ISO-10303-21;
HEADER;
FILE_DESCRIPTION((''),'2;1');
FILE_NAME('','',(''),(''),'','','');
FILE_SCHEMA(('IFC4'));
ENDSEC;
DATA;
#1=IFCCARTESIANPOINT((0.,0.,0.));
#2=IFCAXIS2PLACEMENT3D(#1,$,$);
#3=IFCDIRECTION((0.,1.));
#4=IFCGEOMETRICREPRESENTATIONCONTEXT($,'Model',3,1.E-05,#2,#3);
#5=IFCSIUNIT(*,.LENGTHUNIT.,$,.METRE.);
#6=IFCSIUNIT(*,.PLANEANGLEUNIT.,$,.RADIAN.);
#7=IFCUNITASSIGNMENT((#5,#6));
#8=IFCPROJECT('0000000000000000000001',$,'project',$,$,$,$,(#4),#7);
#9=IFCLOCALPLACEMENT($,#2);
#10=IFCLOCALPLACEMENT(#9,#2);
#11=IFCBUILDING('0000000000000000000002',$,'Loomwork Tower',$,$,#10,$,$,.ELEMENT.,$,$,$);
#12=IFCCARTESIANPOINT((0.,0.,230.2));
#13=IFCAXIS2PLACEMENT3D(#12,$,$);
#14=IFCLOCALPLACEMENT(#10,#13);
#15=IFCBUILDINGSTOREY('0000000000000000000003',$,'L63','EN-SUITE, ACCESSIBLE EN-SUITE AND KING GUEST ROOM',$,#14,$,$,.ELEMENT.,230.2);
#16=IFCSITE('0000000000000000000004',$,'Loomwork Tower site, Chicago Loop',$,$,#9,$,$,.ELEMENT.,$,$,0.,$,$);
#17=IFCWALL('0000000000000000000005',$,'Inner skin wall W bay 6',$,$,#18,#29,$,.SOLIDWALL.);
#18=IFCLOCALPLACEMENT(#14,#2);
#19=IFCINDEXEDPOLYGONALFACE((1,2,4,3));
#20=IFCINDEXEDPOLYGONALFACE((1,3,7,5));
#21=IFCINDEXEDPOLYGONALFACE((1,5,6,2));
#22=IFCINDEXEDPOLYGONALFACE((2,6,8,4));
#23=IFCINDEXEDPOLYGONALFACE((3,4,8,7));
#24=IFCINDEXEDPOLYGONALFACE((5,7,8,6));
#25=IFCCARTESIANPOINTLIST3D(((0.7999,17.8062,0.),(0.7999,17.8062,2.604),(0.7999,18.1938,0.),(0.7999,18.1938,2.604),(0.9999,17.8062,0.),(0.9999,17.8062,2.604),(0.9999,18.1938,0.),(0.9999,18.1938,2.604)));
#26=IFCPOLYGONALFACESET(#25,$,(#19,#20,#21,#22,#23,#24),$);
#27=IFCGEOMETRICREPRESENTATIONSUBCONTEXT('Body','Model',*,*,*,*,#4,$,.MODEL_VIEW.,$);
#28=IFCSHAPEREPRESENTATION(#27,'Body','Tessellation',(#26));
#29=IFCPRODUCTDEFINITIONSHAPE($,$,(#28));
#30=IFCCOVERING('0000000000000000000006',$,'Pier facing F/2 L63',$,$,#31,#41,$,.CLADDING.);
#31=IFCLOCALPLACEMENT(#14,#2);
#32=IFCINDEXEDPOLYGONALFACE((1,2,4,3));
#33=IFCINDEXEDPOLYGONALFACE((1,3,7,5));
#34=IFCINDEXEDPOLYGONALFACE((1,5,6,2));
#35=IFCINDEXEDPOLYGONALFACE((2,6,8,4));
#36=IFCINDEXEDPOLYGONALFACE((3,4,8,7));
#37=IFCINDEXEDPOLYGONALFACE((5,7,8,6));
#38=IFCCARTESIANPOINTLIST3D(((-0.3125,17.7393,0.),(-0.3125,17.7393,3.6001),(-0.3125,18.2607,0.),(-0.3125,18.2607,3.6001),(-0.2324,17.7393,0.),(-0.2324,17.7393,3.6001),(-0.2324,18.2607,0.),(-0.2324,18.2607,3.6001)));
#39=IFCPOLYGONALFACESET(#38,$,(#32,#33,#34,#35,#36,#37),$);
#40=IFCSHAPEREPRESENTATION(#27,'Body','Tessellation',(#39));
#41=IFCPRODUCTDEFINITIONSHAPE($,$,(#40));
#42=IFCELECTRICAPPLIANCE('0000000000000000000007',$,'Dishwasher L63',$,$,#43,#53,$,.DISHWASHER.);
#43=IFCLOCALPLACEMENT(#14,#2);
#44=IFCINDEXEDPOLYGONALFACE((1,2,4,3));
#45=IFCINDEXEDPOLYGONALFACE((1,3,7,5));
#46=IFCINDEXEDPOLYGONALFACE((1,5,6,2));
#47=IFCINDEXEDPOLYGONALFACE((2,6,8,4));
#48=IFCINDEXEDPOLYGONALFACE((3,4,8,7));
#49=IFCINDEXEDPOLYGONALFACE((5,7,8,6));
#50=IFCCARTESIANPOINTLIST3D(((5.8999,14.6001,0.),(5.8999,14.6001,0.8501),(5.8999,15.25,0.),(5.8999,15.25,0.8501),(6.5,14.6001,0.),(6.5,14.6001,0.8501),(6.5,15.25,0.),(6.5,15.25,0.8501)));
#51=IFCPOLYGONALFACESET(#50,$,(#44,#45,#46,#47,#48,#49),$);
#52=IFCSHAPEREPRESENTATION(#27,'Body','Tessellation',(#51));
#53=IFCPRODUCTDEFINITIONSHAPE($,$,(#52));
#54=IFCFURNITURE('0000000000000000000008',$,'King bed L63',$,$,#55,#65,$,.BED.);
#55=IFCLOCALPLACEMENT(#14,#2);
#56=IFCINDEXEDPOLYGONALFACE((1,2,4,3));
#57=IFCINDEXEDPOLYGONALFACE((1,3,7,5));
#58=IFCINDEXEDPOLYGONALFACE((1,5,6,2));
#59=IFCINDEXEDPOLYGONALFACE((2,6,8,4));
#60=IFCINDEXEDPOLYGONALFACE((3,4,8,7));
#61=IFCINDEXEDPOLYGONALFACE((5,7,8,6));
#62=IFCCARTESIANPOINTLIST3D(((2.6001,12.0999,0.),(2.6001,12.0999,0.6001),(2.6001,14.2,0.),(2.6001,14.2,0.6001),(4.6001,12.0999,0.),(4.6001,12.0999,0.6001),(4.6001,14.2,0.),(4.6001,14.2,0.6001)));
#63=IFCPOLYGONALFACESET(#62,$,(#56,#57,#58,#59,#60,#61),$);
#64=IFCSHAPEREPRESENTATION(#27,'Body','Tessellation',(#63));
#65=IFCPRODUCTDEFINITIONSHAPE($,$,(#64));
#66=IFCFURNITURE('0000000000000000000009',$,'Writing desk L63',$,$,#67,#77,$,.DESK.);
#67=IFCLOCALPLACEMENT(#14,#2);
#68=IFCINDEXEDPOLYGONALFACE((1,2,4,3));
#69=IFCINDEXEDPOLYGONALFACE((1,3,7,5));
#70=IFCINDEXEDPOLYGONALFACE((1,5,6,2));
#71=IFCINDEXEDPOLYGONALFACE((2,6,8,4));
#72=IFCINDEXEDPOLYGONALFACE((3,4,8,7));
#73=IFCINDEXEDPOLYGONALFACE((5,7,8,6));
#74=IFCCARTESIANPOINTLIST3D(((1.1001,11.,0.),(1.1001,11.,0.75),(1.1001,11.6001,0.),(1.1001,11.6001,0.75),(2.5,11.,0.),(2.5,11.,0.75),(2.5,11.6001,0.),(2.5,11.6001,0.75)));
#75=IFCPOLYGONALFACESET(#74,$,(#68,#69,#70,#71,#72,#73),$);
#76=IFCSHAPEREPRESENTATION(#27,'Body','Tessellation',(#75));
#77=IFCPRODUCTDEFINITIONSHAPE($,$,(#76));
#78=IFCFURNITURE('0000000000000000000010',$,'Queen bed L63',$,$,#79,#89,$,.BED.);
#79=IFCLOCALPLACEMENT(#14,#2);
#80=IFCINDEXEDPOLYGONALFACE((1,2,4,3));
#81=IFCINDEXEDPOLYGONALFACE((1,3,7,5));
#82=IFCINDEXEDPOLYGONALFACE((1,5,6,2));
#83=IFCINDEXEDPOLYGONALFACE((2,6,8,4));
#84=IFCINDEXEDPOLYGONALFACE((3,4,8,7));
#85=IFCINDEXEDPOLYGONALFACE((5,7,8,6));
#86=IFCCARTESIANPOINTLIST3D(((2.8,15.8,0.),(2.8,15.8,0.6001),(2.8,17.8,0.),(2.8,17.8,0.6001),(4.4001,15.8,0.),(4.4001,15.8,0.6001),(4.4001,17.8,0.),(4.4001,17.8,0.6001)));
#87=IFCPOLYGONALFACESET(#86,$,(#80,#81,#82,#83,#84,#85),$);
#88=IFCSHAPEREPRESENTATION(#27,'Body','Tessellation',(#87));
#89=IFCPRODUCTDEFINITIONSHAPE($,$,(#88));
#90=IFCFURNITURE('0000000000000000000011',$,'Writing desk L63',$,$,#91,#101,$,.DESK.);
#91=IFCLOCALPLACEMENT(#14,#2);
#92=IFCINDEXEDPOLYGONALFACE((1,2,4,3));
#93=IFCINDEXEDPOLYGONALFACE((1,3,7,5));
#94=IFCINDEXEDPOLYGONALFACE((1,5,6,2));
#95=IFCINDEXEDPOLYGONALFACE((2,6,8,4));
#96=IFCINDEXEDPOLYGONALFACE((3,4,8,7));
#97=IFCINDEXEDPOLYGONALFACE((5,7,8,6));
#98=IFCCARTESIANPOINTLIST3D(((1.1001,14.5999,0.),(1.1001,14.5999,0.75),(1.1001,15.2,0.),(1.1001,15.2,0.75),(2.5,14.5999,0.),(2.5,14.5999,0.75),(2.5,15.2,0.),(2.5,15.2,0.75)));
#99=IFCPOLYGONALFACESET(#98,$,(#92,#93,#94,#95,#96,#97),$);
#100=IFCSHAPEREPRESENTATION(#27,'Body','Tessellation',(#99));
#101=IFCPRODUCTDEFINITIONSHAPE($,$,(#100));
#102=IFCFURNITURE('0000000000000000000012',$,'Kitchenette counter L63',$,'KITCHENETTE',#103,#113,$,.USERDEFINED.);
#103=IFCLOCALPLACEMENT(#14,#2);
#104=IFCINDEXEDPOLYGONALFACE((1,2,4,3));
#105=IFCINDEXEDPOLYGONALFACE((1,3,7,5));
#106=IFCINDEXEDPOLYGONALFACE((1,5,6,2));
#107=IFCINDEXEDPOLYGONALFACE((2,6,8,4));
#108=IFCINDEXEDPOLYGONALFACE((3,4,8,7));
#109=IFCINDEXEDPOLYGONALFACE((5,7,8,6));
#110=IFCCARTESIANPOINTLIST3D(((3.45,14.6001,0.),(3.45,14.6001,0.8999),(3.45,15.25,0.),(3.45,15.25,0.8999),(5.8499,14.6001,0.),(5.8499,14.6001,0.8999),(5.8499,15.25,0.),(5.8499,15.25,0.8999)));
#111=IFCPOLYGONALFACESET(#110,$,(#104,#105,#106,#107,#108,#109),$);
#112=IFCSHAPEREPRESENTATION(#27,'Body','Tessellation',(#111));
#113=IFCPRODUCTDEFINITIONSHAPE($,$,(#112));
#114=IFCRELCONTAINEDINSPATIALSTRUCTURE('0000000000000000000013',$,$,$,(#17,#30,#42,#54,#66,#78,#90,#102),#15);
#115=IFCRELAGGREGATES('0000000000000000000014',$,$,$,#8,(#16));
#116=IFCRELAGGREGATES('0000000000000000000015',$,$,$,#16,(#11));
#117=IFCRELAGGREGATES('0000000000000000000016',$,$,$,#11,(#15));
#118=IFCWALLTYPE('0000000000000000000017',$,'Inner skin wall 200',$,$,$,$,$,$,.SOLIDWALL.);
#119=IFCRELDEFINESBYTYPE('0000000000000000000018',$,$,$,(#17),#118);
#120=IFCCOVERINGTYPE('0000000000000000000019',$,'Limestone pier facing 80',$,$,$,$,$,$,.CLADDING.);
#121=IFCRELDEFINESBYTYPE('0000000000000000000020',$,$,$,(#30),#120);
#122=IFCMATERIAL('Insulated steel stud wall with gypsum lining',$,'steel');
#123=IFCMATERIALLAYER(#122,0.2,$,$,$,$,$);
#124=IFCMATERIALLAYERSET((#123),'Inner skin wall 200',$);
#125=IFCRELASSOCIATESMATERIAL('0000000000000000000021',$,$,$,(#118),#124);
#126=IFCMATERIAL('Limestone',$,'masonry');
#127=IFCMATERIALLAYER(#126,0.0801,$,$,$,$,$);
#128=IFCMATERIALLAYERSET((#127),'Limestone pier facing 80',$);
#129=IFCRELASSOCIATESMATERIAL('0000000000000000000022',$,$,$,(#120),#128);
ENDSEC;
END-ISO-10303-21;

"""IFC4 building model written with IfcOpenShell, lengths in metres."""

from ifc_helpers import new_model, si_unit, direction, frame, frame_2d, origin, origin_2d, place, context, subcontext, project, spatial, rectangle, extrude, material, layer, layer_set, type_object, element, save


model = new_model("IFC4")

# Units and contexts
model_context = context("Model", 3, precision=1e-05, world=origin(), true_north=direction((0.0, 1.0)))
body_context = subcontext(model_context, "Body", "Model", "MODEL_VIEW")
ifc_project = project(units=[si_unit("LENGTHUNIT", "METRE"), si_unit("PLANEANGLEUNIT", "RADIAN")], contexts=[model_context])

# Site, building, storey
site_placement = place(None, origin())
site = spatial("IfcSite", under=ifc_project, at=site_placement, Name="Loomwork Tower site, Chicago Loop", CompositionType="ELEMENT", RefElevation=0.0)
building_placement = place(site_placement, origin())
building = spatial("IfcBuilding", under=site, at=building_placement, Name="Loomwork Tower", CompositionType="ELEMENT")
storey_placement = place(building_placement, frame((0.0, 0.0, 230.2)))
storey = spatial("IfcBuildingStorey", under=building, at=storey_placement, Name="L63", Description="EN-SUITE, ACCESSIBLE EN-SUITE AND KING GUEST ROOM", CompositionType="ELEMENT", Elevation=230.2)

# Wall
ifc_material_1 = material(Name="Insulated steel stud wall with gypsum lining", Category="steel")
ifc_layer_1 = layer(ifc_material_1, 0.2)
ifc_layer_set_1 = layer_set([ifc_layer_1], Name="Inner skin wall 200")
wall_type_1 = type_object("IfcWallType", Name="Inner skin wall 200", PredefinedType="SOLIDWALL", material=ifc_layer_set_1)
wall_1_placement = place(storey_placement, frame((0.8999, 17.8062, 0.0), z_axis=(0.0, 0.0, 1.0), x_axis=(0.0, 1.0, 0.0)))
element("IfcWall", 1, at=wall_1_placement, inside=storey, type_object=wall_type_1, Name="Inner skin wall W bay 6", PredefinedType="SOLIDWALL", context=body_context, shape_type="SweptSolid", body=[
    extrude(rectangle(XDim=0.3877, YDim=0.2, at=frame_2d((0.1938, 0.0))), origin(), (0.0, 0.0, 1.0), 2.604),
])

# Covering
ifc_material_2 = material(Name="Limestone", Category="masonry")
ifc_layer_2 = layer(ifc_material_2, 0.0801)
ifc_layer_set_2 = layer_set([ifc_layer_2], Name="Limestone pier facing 80")
covering_type = type_object("IfcCoveringType", Name="Limestone pier facing 80", PredefinedType="CLADDING", material=ifc_layer_set_2)
covering_placement = place(storey_placement, frame((-0.2725, 18.0, 0.0), z_axis=(0.0, 0.0, 1.0), x_axis=(1.0, 0.0, 0.0)))
element("IfcCovering", 2, at=covering_placement, inside=storey, type_object=covering_type, Name="Pier facing F/2 L63", PredefinedType="CLADDING", context=body_context, shape_type="SweptSolid", body=[
    extrude(rectangle(XDim=0.0801, YDim=0.5215, at=origin_2d()), origin(), (0.0, 0.0, 1.0), 3.6001),
])

# Electric appliance
electric_appliance_placement = place(storey_placement, frame((6.2, 14.925, 0.0), z_axis=(0.0, 0.0, 1.0), x_axis=(1.0, 0.0, 0.0)))
element("IfcElectricAppliance", 3, at=electric_appliance_placement, inside=storey, Name="Dishwasher L63", PredefinedType="DISHWASHER", context=body_context, shape_type="SweptSolid", body=[
    extrude(rectangle(XDim=0.6001, YDim=0.6499, at=origin_2d()), origin(), (0.0, 0.0, 1.0), 0.8501),
])

# Furniture
furniture_1_placement = place(storey_placement, frame((3.6001, 13.1499, 0.0), z_axis=(0.0, 0.0, 1.0), x_axis=(1.0, 0.0, 0.0)))
element("IfcFurniture", 4, at=furniture_1_placement, inside=storey, Name="King bed L63", PredefinedType="BED", context=body_context, shape_type="SweptSolid", body=[
    extrude(rectangle(XDim=2.0, YDim=2.1001, at=origin_2d()), origin(), (0.0, 0.0, 1.0), 0.6001),
])
furniture_2_placement = place(storey_placement, frame((1.8, 11.3, 0.0), z_axis=(0.0, 0.0, 1.0), x_axis=(1.0, 0.0, 0.0)))
element("IfcFurniture", 5, at=furniture_2_placement, inside=storey, Name="Writing desk L63", PredefinedType="DESK", context=body_context, shape_type="SweptSolid", body=[
    extrude(rectangle(XDim=1.3999, YDim=0.6001, at=origin_2d()), origin(), (0.0, 0.0, 1.0), 0.75),
])
furniture_3_placement = place(storey_placement, frame((3.6001, 16.8, 0.0), z_axis=(0.0, 0.0, 1.0), x_axis=(1.0, 0.0, 0.0)))
element("IfcFurniture", 6, at=furniture_3_placement, inside=storey, Name="Queen bed L63", PredefinedType="BED", context=body_context, shape_type="SweptSolid", body=[
    extrude(rectangle(XDim=1.6001, YDim=2.0, at=origin_2d()), origin(), (0.0, 0.0, 1.0), 0.6001),
])
furniture_4_placement = place(storey_placement, frame((1.8, 14.8999, 0.0), z_axis=(0.0, 0.0, 1.0), x_axis=(1.0, 0.0, 0.0)))
element("IfcFurniture", 7, at=furniture_4_placement, inside=storey, Name="Writing desk L63", PredefinedType="DESK", context=body_context, shape_type="SweptSolid", body=[
    extrude(rectangle(XDim=1.3999, YDim=0.6001, at=origin_2d()), origin(), (0.0, 0.0, 1.0), 0.75),
])
furniture_5_placement = place(storey_placement, frame((4.6499, 14.925, 0.0), z_axis=(0.0, 0.0, 1.0), x_axis=(1.0, 0.0, 0.0)))
element("IfcFurniture", 8, at=furniture_5_placement, inside=storey, Name="Kitchenette counter L63", ObjectType="KITCHENETTE", PredefinedType="USERDEFINED", context=body_context, shape_type="SweptSolid", body=[
    extrude(rectangle(XDim=2.3999, YDim=0.6499, at=origin_2d()), origin(), (0.0, 0.0, 1.0), 0.8999),
])

save(model, "model.ifc")
